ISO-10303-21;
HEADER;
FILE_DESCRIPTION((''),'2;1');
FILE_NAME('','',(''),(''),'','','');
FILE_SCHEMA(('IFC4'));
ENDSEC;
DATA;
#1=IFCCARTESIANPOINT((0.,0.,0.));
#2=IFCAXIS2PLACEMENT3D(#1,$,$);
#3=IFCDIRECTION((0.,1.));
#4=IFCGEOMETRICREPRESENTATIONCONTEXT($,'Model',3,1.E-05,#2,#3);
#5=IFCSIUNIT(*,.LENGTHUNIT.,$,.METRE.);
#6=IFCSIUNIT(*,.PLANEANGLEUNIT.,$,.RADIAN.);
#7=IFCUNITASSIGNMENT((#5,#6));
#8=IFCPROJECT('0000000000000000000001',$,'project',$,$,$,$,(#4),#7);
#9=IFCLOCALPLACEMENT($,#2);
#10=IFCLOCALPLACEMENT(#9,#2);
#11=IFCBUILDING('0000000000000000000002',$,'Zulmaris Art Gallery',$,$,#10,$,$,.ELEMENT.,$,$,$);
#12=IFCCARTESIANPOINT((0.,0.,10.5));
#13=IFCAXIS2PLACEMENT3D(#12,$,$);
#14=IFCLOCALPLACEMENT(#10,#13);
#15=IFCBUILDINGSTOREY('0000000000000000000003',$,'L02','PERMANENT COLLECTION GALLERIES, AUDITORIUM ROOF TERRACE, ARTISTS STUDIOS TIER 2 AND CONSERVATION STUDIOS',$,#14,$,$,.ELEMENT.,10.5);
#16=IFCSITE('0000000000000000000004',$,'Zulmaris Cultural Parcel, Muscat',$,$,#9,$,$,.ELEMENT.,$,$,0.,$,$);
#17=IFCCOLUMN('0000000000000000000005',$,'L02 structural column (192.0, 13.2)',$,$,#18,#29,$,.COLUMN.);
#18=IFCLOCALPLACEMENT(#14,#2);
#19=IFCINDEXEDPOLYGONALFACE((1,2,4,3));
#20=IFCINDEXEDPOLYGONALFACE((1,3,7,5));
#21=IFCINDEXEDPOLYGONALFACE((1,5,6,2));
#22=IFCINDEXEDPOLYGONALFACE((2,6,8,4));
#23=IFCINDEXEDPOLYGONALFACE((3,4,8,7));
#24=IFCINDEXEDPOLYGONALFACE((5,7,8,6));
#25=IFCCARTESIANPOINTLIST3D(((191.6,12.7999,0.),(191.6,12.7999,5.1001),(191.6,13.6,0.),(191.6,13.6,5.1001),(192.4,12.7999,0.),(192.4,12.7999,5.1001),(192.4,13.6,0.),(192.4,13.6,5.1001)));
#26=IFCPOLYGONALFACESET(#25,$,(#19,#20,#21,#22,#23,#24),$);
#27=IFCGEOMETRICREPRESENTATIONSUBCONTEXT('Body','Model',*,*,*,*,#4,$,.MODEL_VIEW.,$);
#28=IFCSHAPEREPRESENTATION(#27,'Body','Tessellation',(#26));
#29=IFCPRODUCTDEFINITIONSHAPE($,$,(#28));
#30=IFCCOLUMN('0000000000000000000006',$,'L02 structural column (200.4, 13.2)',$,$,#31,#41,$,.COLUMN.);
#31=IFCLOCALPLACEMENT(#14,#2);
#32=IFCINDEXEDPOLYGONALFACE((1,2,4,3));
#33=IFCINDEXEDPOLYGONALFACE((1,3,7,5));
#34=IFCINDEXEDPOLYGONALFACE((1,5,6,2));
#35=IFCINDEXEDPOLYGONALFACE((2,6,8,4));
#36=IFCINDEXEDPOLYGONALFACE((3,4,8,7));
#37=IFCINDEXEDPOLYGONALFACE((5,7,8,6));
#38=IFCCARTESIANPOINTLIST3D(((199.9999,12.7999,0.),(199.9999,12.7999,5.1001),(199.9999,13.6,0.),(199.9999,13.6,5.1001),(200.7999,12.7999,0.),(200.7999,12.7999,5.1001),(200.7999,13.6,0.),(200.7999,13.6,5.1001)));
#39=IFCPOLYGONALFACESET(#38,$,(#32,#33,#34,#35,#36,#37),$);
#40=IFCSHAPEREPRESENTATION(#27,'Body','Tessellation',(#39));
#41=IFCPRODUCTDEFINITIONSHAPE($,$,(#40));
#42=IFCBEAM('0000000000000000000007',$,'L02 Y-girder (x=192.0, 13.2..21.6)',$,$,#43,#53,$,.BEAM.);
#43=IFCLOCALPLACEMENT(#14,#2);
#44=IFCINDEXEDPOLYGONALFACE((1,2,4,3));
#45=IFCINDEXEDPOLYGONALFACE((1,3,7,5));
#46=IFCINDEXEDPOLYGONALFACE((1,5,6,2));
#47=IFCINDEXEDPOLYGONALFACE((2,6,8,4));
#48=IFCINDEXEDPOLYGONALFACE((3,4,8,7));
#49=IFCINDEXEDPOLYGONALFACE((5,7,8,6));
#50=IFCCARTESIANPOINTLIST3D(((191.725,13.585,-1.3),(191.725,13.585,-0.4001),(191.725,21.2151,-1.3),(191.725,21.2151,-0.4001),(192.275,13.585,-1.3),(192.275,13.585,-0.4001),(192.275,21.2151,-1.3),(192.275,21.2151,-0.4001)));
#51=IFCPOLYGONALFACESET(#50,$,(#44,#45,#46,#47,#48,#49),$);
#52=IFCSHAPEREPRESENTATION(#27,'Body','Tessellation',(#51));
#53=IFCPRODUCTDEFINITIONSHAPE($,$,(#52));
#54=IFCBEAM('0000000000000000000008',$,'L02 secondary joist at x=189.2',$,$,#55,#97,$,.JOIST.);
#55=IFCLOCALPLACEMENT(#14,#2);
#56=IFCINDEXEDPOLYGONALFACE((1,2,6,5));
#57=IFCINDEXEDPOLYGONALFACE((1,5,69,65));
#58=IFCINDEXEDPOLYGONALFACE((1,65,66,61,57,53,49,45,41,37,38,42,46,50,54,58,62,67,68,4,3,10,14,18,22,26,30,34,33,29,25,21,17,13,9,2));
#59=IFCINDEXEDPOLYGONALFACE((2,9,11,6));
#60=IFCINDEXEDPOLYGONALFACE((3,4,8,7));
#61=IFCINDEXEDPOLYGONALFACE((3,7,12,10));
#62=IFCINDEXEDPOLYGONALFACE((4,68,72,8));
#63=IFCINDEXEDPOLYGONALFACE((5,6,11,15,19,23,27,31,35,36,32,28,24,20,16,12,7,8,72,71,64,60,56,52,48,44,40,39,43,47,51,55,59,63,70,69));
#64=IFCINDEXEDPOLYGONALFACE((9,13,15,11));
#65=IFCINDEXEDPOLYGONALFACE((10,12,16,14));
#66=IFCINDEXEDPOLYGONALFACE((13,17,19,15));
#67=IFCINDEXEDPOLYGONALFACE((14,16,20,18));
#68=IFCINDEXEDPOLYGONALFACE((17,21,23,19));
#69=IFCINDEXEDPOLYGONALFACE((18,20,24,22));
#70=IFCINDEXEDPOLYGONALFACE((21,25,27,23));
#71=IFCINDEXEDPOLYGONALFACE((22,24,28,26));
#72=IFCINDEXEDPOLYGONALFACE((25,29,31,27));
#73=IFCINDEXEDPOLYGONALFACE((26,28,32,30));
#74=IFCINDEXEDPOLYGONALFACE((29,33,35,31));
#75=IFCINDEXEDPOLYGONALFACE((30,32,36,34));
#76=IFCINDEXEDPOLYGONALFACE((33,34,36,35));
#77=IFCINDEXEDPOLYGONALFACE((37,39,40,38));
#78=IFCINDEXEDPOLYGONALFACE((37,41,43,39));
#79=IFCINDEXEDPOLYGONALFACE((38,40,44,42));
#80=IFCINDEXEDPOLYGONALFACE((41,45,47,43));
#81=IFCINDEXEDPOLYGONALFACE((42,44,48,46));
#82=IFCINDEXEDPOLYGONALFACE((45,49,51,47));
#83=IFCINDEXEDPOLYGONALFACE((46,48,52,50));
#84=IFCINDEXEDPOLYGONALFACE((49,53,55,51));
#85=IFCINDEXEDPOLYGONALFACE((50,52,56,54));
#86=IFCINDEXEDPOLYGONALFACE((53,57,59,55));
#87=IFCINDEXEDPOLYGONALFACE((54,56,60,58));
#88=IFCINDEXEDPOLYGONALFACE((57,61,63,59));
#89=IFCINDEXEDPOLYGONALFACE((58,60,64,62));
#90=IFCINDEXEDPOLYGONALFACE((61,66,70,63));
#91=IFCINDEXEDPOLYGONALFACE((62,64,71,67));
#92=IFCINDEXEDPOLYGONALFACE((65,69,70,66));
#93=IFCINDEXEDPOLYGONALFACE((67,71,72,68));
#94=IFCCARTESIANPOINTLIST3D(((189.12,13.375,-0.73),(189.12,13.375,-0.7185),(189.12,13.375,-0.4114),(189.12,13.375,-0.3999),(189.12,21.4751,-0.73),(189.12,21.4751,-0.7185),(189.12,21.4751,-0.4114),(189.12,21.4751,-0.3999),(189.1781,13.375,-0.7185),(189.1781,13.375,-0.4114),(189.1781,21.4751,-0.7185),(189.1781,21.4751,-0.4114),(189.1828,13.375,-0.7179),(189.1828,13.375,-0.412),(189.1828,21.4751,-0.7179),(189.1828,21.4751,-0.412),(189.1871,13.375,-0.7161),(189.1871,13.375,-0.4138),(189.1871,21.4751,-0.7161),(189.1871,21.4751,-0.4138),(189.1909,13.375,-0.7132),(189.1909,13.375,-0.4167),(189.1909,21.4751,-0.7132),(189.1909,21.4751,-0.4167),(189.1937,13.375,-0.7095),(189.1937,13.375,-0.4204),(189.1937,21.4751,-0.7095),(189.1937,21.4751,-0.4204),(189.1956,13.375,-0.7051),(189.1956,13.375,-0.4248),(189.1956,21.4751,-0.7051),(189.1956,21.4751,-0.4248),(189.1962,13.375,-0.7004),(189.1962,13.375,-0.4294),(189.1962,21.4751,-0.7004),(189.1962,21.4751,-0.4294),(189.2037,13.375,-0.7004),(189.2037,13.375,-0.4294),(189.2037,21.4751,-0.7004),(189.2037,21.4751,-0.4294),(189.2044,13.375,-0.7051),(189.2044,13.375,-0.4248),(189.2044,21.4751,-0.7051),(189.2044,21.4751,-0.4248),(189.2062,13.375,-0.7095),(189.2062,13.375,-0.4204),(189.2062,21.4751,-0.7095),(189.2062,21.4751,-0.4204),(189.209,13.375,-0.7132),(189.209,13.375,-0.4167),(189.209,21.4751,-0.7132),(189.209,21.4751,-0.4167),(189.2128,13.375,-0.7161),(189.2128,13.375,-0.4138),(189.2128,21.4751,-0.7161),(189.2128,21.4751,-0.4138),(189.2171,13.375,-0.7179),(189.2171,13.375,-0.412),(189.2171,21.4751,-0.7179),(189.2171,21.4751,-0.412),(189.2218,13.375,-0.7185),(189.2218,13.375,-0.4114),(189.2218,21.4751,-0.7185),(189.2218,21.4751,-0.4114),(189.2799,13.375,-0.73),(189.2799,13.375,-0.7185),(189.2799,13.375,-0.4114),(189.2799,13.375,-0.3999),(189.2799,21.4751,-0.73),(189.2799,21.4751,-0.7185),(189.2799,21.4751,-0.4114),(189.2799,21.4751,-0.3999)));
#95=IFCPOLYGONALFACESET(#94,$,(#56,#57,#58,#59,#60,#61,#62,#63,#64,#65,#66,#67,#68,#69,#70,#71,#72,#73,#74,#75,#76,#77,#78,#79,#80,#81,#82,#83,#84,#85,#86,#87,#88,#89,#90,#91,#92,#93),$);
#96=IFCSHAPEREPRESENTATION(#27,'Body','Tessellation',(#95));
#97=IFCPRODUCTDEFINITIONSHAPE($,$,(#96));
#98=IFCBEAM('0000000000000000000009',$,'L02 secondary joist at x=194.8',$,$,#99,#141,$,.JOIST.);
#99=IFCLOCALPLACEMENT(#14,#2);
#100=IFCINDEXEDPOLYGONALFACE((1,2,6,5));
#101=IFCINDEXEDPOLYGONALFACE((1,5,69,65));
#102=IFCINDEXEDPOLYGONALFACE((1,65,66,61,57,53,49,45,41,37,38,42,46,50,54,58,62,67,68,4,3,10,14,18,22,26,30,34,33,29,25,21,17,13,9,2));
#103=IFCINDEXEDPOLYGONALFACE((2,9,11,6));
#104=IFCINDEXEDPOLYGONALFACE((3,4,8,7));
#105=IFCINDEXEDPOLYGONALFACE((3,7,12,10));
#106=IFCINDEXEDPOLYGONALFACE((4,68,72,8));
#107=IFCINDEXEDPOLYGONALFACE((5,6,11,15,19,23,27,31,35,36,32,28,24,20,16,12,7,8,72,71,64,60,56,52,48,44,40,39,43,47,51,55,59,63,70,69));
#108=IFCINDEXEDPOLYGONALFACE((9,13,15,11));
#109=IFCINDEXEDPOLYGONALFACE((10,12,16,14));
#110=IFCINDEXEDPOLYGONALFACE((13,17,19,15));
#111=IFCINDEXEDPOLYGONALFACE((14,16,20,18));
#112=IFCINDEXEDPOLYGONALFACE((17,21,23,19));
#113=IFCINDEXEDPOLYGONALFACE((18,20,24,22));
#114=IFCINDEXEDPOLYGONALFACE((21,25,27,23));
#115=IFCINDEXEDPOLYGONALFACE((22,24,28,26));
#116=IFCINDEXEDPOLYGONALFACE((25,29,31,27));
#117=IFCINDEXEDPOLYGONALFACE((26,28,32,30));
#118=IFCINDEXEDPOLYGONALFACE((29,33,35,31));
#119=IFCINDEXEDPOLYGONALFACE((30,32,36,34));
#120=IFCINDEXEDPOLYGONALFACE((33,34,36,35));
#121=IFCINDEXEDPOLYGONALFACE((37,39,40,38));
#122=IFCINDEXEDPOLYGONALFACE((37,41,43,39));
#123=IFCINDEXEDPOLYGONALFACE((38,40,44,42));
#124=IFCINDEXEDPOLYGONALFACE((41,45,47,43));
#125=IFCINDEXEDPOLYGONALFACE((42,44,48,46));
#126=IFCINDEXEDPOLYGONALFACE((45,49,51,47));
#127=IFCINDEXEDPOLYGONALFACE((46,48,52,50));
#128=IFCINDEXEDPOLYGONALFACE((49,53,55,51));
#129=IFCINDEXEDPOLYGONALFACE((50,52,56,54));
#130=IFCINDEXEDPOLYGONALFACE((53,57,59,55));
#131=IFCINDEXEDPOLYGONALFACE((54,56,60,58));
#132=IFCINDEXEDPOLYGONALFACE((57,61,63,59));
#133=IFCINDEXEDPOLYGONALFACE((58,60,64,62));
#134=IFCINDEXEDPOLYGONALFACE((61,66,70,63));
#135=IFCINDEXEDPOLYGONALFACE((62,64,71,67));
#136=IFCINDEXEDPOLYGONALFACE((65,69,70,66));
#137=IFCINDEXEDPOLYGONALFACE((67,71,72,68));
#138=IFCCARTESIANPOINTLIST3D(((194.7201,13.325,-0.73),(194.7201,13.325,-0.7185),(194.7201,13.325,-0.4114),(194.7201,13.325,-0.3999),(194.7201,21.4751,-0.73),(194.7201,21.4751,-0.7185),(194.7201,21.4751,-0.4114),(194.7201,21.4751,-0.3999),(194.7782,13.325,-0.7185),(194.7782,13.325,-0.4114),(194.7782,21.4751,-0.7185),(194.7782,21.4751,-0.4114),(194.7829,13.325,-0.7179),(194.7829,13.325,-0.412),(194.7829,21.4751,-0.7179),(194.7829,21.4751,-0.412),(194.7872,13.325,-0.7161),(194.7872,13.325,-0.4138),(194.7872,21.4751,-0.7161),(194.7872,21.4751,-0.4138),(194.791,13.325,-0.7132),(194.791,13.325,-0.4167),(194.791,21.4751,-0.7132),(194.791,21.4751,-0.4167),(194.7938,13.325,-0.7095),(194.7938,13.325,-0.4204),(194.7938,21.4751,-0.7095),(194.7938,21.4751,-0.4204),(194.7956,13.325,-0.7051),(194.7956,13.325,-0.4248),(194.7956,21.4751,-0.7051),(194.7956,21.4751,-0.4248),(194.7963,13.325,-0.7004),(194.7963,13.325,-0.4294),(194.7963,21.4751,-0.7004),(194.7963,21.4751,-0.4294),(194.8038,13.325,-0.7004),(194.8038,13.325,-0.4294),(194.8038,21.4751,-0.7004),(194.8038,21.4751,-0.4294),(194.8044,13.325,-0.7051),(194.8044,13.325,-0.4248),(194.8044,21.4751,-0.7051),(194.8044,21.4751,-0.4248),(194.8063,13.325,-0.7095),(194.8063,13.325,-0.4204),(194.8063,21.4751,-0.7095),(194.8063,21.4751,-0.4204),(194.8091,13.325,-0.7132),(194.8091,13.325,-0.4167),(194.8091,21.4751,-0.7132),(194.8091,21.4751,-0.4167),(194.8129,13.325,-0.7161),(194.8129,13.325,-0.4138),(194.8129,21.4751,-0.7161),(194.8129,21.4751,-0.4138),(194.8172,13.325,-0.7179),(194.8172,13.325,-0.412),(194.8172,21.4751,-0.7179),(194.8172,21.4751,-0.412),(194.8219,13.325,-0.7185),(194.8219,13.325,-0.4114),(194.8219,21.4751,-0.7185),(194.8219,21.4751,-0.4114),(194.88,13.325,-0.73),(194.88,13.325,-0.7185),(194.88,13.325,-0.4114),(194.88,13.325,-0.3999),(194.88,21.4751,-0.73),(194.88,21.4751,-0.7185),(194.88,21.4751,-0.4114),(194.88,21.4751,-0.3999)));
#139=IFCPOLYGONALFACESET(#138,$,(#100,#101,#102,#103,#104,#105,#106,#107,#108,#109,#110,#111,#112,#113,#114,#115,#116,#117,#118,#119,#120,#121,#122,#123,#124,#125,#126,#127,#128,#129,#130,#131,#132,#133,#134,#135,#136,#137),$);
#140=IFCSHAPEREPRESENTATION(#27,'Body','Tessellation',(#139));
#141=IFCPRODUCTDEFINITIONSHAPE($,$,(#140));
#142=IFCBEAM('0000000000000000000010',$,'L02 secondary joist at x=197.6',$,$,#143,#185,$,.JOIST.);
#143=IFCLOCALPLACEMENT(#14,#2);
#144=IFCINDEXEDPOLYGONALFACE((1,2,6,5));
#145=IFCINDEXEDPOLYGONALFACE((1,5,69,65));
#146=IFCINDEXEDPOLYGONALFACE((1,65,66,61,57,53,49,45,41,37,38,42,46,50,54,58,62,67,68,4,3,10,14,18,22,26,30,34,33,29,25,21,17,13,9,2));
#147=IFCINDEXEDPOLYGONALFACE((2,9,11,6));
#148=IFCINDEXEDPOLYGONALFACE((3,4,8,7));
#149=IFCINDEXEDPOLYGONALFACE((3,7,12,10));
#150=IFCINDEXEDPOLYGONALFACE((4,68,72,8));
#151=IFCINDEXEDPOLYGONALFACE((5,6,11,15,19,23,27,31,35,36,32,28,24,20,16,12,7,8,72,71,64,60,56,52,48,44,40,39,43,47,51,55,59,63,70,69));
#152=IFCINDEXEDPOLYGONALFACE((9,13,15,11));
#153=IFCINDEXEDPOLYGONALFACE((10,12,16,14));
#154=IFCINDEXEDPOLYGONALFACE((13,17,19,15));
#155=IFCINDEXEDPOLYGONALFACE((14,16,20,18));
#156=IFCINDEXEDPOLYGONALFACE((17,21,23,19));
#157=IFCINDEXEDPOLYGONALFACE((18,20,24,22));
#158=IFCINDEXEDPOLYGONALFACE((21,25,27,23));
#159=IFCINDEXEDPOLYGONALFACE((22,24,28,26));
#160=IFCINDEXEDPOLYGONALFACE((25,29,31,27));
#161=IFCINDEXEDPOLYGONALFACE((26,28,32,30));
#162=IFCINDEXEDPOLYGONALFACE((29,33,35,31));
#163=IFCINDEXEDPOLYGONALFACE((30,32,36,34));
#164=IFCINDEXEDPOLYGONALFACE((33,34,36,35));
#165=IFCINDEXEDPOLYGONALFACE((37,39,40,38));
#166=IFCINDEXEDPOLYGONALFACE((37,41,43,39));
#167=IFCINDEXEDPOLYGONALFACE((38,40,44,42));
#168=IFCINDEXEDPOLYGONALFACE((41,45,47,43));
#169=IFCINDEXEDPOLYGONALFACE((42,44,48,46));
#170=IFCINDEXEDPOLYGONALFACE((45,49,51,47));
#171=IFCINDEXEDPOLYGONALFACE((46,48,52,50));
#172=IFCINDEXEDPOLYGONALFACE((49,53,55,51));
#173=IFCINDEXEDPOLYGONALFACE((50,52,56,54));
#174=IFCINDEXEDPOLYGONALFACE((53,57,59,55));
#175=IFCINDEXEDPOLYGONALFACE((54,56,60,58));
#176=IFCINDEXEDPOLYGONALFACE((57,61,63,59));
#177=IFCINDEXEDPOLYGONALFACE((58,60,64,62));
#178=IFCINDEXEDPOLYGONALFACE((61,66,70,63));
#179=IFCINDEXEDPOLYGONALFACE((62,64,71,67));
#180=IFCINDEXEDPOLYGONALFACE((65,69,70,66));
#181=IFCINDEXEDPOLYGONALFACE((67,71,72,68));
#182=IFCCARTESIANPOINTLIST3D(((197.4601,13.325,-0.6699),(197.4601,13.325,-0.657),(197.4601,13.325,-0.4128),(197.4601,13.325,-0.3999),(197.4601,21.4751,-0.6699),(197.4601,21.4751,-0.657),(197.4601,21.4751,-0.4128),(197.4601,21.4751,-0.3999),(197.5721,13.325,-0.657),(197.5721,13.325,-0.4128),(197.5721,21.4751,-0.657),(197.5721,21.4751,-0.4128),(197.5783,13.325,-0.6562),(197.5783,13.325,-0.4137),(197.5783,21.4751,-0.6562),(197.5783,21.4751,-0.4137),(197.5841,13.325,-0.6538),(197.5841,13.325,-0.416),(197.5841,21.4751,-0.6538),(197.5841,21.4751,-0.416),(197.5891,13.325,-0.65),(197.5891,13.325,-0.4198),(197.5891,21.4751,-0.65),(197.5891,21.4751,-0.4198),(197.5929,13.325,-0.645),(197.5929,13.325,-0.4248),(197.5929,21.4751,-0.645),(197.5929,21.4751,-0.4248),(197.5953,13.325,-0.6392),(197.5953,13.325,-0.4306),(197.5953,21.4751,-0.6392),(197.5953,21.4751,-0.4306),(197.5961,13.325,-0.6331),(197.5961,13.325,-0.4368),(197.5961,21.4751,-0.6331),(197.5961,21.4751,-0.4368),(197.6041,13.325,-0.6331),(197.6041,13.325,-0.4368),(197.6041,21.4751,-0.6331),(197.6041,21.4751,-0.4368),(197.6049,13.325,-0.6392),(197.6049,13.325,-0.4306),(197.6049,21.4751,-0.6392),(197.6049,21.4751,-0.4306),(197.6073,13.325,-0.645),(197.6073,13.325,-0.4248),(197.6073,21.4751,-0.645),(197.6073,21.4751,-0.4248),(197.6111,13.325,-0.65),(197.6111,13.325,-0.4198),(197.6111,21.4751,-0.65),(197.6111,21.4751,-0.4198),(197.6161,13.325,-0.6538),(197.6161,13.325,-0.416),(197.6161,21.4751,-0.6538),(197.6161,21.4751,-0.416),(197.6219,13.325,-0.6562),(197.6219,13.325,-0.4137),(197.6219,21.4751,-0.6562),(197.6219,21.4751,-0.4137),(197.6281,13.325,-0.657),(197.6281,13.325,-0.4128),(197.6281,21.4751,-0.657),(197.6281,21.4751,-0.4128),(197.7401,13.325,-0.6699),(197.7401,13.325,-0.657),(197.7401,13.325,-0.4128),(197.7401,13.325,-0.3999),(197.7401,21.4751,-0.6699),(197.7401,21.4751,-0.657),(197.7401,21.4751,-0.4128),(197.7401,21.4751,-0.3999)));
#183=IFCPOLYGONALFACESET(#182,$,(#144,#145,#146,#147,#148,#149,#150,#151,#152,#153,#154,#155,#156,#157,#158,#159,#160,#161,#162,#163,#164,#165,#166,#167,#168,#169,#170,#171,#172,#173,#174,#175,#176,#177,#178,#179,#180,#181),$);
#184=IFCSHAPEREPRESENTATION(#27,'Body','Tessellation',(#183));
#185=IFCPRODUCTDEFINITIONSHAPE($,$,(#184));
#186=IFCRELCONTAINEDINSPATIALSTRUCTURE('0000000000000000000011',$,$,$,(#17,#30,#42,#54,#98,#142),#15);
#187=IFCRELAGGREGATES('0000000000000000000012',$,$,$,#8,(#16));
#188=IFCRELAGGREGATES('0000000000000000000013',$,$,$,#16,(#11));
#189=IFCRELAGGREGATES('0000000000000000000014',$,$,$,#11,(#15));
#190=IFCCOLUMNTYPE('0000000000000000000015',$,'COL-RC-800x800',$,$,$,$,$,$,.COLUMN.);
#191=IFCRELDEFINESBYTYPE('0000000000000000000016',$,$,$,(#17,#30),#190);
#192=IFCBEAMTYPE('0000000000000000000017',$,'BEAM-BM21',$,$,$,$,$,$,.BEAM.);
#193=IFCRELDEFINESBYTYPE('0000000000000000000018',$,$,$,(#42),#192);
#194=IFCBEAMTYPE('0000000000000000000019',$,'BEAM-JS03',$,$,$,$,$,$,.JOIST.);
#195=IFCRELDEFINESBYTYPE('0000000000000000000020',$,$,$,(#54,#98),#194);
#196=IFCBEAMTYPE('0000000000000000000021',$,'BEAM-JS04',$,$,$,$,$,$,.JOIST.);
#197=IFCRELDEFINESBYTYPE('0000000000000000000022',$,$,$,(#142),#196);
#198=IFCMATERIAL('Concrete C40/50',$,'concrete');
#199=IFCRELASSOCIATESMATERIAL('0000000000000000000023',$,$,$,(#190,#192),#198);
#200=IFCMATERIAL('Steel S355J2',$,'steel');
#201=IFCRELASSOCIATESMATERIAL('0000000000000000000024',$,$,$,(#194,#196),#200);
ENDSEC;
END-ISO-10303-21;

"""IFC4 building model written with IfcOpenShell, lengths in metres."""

from ifc_helpers import new_model, si_unit, direction, frame, origin, origin_2d, place, context, subcontext, project, spatial, rectangle, i_section, extrude, material, material_profile, profile_set, type_object, element, save


model = new_model("IFC4")

# Units and contexts
model_context = context("Model", 3, precision=1e-05, world=origin(), true_north=direction((0.0, 1.0)))
body_context = subcontext(model_context, "Body", "Model", "MODEL_VIEW")
ifc_project = project(units=[si_unit("LENGTHUNIT", "METRE"), si_unit("PLANEANGLEUNIT", "RADIAN")], contexts=[model_context])

# Site, building, storey
site_placement = place(None, origin())
site = spatial("IfcSite", under=ifc_project, at=site_placement, Name="Zulmaris Cultural Parcel, Muscat", CompositionType="ELEMENT", RefElevation=0.0)
building_placement = place(site_placement, origin())
building = spatial("IfcBuilding", under=site, at=building_placement, Name="Zulmaris Art Gallery", CompositionType="ELEMENT")
storey_placement = place(building_placement, frame((0.0, 0.0, 10.5)))
storey = spatial("IfcBuildingStorey", under=building, at=storey_placement, Name="L02", Description="PERMANENT COLLECTION GALLERIES, AUDITORIUM ROOF TERRACE, ARTISTS STUDIOS TIER 2 AND CONSERVATION STUDIOS", CompositionType="ELEMENT", Elevation=10.5)

# Columns
ifc_material_1 = material(Name="Concrete C40/50", Category="concrete")
ifc_material_profile_1 = material_profile(ifc_material_1, rectangle(XDim=0.8, YDim=0.8, at=origin_2d()), Name="RC 800x800")
ifc_profile_set_1 = profile_set([ifc_material_profile_1], Name="Concrete C40/50")
column_type = type_object("IfcColumnType", Name="COL-RC-800x800", PredefinedType="COLUMN", material=ifc_profile_set_1)
for number, where, z_axis, x_axis, name in (
    (1, (192.0, 13.2, 0.0), (0.0, 0.0, 1.0), (1.0, 0.0, 0.0), "L02 structural column (192.0, 13.2)"),
    (2, (200.3999, 13.2, 0.0), (0.0, 0.0, 1.0), (1.0, 0.0, 0.0), "L02 structural column (200.4, 13.2)"),
):
    element("IfcColumn", number, at=place(storey_placement, frame(where, z_axis=z_axis, x_axis=x_axis)), inside=storey, type_object=column_type, Name=name, PredefinedType="COLUMN", context=body_context, shape_type="SweptSolid", body=[
        extrude(rectangle(XDim=0.8, YDim=0.8, at=origin_2d()), origin(), (0.0, 0.0, 1.0), 5.1001),
    ])

# Beams
ifc_material_profile_2 = material_profile(ifc_material_1, rectangle(XDim=0.55, YDim=0.8999, at=origin_2d()), Name="RC 550x900")
ifc_profile_set_2 = profile_set([ifc_material_profile_2], Name="Concrete C40/50")
beam_type_1 = type_object("IfcBeamType", Name="BEAM-BM21", PredefinedType="BEAM", material=ifc_profile_set_2)
beam_1_placement = place(storey_placement, frame((192.0, 13.585, -0.8501), z_axis=(0.0, 1.0, 0.0), x_axis=(-1.0, 0.0, 0.0)))
element("IfcBeam", 3, at=beam_1_placement, inside=storey, type_object=beam_type_1, Name="L02 Y-girder (x=192.0, 13.2..21.6)", PredefinedType="BEAM", context=body_context, shape_type="SweptSolid", body=[
    extrude(rectangle(XDim=0.55, YDim=0.8999, at=origin_2d()), origin(), (0.0, 0.0, 1.0), 7.6301),
])
ifc_material_2 = material(Name="Steel S355J2", Category="steel")
ifc_material_profile_3 = material_profile(ifc_material_2, i_section(OverallWidth=0.1599, OverallDepth=0.3301, WebThickness=0.0076, FlangeThickness=0.0115, FilletRadius=0.0181, at=origin_2d()), Name="IPE 330")
ifc_profile_set_3 = profile_set([ifc_material_profile_3], Name="Steel S355J2")
beam_type_2 = type_object("IfcBeamType", Name="BEAM-JS03", PredefinedType="JOIST", material=ifc_profile_set_3)
beam_2_placement = place(storey_placement, frame((189.2, 13.375, -0.5649), z_axis=(0.0, 1.0, 0.0), x_axis=(-1.0, 0.0, 0.0)))
element("IfcBeam", 4, at=beam_2_placement, inside=storey, type_object=beam_type_2, Name="L02 secondary joist at x=189.2", PredefinedType="JOIST", context=body_context, shape_type="SweptSolid", body=[
    extrude(i_section(OverallWidth=0.1599, OverallDepth=0.3301, WebThickness=0.0076, FlangeThickness=0.0115, FilletRadius=0.0181, at=origin_2d()), origin(), (0.0, 0.0, 1.0), 8.1001),
])
beam_3_placement = place(storey_placement, frame((194.8, 13.325, -0.5649), z_axis=(0.0, 1.0, 0.0), x_axis=(-1.0, 0.0, 0.0)))
element("IfcBeam", 5, at=beam_3_placement, inside=storey, type_object=beam_type_2, Name="L02 secondary joist at x=194.8", PredefinedType="JOIST", context=body_context, shape_type="SweptSolid", body=[
    extrude(i_section(OverallWidth=0.1599, OverallDepth=0.3301, WebThickness=0.0076, FlangeThickness=0.0115, FilletRadius=0.0181, at=origin_2d()), origin(), (0.0, 0.0, 1.0), 8.1501),
])
ifc_material_profile_4 = material_profile(ifc_material_2, i_section(OverallWidth=0.28, OverallDepth=0.27, WebThickness=0.0081, FlangeThickness=0.0129, FilletRadius=0.0239, at=origin_2d()), Name="HEA 280")
ifc_profile_set_4 = profile_set([ifc_material_profile_4], Name="Steel S355J2")
beam_type_3 = type_object("IfcBeamType", Name="BEAM-JS04", PredefinedType="JOIST", material=ifc_profile_set_4)
beam_4_placement = place(storey_placement, frame((197.6001, 13.325, -0.5349), z_axis=(0.0, 1.0, 0.0), x_axis=(-1.0, 0.0, 0.0)))
element("IfcBeam", 6, at=beam_4_placement, inside=storey, type_object=beam_type_3, Name="L02 secondary joist at x=197.6", PredefinedType="JOIST", context=body_context, shape_type="SweptSolid", body=[
    extrude(i_section(OverallWidth=0.28, OverallDepth=0.27, WebThickness=0.0081, FlangeThickness=0.0129, FilletRadius=0.0239, at=origin_2d()), origin(), (0.0, 0.0, 1.0), 8.1501),
])

save(model, "model.ifc")
